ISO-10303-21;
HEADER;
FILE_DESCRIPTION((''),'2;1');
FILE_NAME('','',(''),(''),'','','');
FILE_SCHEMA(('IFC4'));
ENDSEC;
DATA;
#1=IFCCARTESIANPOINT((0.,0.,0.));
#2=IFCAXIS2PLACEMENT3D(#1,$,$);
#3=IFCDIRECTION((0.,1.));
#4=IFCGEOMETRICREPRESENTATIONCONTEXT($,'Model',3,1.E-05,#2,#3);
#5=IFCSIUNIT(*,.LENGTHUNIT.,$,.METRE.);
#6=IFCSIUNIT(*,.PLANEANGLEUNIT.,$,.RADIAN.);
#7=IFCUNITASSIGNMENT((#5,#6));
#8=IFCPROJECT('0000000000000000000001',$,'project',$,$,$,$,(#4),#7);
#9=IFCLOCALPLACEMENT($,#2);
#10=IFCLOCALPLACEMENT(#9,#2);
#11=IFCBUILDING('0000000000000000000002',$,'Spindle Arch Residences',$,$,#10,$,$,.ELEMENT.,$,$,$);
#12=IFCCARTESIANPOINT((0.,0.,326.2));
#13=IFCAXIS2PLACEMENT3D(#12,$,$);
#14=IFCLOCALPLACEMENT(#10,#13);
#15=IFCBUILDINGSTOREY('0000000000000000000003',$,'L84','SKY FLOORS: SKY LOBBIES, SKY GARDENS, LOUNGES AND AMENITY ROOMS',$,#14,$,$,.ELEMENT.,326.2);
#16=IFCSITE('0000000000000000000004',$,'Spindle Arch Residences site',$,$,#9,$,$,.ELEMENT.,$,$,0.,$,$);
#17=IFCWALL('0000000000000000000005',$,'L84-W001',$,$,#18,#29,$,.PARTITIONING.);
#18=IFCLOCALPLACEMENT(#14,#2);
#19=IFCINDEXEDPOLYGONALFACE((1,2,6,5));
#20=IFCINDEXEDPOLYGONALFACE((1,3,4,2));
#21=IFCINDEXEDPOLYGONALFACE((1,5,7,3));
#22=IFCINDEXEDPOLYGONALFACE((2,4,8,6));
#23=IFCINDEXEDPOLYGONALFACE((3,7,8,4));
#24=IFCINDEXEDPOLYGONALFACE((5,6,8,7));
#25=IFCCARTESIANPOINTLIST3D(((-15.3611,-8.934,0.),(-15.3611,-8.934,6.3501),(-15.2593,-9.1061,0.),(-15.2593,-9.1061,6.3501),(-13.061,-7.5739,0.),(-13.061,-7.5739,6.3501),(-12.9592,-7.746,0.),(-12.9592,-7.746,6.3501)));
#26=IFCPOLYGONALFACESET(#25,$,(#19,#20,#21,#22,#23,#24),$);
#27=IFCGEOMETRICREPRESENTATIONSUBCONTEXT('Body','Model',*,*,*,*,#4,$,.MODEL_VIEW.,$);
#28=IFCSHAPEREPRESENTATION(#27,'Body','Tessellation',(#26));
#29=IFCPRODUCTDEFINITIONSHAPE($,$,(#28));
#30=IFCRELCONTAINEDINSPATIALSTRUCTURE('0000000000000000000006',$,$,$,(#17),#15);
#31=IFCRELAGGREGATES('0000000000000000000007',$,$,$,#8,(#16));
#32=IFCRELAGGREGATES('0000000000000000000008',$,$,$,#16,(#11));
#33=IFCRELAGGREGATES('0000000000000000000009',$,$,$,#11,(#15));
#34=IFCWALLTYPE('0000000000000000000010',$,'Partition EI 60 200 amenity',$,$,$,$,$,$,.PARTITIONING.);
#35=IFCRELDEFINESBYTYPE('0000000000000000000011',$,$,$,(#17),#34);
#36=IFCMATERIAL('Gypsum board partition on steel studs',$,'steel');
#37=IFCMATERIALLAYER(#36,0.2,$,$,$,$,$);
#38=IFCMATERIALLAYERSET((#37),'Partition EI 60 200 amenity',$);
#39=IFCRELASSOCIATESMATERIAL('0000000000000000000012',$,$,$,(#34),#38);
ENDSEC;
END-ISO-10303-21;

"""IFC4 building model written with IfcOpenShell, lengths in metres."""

from ifc_helpers import new_model, si_unit, direction, frame, frame_2d, origin, place, context, subcontext, project, spatial, rectangle, extrude, material, layer, layer_set, type_object, element, save


model = new_model("IFC4")

# Units and contexts
model_context = context("Model", 3, precision=1e-05, world=origin(), true_north=direction((0.0, 1.0)))
body_context = subcontext(model_context, "Body", "Model", "MODEL_VIEW")
ifc_project = project(units=[si_unit("LENGTHUNIT", "METRE"), si_unit("PLANEANGLEUNIT", "RADIAN")], contexts=[model_context])

# Site, building, storey
site_placement = place(None, origin())
site = spatial("IfcSite", under=ifc_project, at=site_placement, Name="Spindle Arch Residences site", CompositionType="ELEMENT", RefElevation=0.0)
building_placement = place(site_placement, origin())
building = spatial("IfcBuilding", under=site, at=building_placement, Name="Spindle Arch Residences", CompositionType="ELEMENT")
storey_placement = place(building_placement, frame((0.0, 0.0, 326.2)))
storey = spatial("IfcBuildingStorey", under=building, at=storey_placement, Name="L84", Description="SKY FLOORS: SKY LOBBIES, SKY GARDENS, LOUNGES AND AMENITY ROOMS", CompositionType="ELEMENT", Elevation=326.2)

# Wall
ifc_material_1 = material(Name="Gypsum board partition on steel studs", Category="steel")
ifc_layer_1 = layer(ifc_material_1, 0.2)
ifc_layer_set_1 = layer_set([ifc_layer_1], Name="Partition EI 60 200 amenity")
wall_type = type_object("IfcWallType", Name="Partition EI 60 200 amenity", PredefinedType="PARTITIONING", material=ifc_layer_set_1)
wall_placement = place(storey_placement, frame((-15.3101, -9.02, 0.0), z_axis=(0.0, 0.0, 1.0), x_axis=(0.860765, 0.509003, 0.0)))
element("IfcWall", 1, at=wall_placement, inside=storey, type_object=wall_type, Name="L84-W001", PredefinedType="PARTITIONING", context=body_context, shape_type="SweptSolid", body=[
    extrude(rectangle(XDim=2.6721, YDim=0.2, at=frame_2d((1.3359, 0.0))), origin(), (0.0, 0.0, 1.0), 6.3501),
])

save(model, "model.ifc")
